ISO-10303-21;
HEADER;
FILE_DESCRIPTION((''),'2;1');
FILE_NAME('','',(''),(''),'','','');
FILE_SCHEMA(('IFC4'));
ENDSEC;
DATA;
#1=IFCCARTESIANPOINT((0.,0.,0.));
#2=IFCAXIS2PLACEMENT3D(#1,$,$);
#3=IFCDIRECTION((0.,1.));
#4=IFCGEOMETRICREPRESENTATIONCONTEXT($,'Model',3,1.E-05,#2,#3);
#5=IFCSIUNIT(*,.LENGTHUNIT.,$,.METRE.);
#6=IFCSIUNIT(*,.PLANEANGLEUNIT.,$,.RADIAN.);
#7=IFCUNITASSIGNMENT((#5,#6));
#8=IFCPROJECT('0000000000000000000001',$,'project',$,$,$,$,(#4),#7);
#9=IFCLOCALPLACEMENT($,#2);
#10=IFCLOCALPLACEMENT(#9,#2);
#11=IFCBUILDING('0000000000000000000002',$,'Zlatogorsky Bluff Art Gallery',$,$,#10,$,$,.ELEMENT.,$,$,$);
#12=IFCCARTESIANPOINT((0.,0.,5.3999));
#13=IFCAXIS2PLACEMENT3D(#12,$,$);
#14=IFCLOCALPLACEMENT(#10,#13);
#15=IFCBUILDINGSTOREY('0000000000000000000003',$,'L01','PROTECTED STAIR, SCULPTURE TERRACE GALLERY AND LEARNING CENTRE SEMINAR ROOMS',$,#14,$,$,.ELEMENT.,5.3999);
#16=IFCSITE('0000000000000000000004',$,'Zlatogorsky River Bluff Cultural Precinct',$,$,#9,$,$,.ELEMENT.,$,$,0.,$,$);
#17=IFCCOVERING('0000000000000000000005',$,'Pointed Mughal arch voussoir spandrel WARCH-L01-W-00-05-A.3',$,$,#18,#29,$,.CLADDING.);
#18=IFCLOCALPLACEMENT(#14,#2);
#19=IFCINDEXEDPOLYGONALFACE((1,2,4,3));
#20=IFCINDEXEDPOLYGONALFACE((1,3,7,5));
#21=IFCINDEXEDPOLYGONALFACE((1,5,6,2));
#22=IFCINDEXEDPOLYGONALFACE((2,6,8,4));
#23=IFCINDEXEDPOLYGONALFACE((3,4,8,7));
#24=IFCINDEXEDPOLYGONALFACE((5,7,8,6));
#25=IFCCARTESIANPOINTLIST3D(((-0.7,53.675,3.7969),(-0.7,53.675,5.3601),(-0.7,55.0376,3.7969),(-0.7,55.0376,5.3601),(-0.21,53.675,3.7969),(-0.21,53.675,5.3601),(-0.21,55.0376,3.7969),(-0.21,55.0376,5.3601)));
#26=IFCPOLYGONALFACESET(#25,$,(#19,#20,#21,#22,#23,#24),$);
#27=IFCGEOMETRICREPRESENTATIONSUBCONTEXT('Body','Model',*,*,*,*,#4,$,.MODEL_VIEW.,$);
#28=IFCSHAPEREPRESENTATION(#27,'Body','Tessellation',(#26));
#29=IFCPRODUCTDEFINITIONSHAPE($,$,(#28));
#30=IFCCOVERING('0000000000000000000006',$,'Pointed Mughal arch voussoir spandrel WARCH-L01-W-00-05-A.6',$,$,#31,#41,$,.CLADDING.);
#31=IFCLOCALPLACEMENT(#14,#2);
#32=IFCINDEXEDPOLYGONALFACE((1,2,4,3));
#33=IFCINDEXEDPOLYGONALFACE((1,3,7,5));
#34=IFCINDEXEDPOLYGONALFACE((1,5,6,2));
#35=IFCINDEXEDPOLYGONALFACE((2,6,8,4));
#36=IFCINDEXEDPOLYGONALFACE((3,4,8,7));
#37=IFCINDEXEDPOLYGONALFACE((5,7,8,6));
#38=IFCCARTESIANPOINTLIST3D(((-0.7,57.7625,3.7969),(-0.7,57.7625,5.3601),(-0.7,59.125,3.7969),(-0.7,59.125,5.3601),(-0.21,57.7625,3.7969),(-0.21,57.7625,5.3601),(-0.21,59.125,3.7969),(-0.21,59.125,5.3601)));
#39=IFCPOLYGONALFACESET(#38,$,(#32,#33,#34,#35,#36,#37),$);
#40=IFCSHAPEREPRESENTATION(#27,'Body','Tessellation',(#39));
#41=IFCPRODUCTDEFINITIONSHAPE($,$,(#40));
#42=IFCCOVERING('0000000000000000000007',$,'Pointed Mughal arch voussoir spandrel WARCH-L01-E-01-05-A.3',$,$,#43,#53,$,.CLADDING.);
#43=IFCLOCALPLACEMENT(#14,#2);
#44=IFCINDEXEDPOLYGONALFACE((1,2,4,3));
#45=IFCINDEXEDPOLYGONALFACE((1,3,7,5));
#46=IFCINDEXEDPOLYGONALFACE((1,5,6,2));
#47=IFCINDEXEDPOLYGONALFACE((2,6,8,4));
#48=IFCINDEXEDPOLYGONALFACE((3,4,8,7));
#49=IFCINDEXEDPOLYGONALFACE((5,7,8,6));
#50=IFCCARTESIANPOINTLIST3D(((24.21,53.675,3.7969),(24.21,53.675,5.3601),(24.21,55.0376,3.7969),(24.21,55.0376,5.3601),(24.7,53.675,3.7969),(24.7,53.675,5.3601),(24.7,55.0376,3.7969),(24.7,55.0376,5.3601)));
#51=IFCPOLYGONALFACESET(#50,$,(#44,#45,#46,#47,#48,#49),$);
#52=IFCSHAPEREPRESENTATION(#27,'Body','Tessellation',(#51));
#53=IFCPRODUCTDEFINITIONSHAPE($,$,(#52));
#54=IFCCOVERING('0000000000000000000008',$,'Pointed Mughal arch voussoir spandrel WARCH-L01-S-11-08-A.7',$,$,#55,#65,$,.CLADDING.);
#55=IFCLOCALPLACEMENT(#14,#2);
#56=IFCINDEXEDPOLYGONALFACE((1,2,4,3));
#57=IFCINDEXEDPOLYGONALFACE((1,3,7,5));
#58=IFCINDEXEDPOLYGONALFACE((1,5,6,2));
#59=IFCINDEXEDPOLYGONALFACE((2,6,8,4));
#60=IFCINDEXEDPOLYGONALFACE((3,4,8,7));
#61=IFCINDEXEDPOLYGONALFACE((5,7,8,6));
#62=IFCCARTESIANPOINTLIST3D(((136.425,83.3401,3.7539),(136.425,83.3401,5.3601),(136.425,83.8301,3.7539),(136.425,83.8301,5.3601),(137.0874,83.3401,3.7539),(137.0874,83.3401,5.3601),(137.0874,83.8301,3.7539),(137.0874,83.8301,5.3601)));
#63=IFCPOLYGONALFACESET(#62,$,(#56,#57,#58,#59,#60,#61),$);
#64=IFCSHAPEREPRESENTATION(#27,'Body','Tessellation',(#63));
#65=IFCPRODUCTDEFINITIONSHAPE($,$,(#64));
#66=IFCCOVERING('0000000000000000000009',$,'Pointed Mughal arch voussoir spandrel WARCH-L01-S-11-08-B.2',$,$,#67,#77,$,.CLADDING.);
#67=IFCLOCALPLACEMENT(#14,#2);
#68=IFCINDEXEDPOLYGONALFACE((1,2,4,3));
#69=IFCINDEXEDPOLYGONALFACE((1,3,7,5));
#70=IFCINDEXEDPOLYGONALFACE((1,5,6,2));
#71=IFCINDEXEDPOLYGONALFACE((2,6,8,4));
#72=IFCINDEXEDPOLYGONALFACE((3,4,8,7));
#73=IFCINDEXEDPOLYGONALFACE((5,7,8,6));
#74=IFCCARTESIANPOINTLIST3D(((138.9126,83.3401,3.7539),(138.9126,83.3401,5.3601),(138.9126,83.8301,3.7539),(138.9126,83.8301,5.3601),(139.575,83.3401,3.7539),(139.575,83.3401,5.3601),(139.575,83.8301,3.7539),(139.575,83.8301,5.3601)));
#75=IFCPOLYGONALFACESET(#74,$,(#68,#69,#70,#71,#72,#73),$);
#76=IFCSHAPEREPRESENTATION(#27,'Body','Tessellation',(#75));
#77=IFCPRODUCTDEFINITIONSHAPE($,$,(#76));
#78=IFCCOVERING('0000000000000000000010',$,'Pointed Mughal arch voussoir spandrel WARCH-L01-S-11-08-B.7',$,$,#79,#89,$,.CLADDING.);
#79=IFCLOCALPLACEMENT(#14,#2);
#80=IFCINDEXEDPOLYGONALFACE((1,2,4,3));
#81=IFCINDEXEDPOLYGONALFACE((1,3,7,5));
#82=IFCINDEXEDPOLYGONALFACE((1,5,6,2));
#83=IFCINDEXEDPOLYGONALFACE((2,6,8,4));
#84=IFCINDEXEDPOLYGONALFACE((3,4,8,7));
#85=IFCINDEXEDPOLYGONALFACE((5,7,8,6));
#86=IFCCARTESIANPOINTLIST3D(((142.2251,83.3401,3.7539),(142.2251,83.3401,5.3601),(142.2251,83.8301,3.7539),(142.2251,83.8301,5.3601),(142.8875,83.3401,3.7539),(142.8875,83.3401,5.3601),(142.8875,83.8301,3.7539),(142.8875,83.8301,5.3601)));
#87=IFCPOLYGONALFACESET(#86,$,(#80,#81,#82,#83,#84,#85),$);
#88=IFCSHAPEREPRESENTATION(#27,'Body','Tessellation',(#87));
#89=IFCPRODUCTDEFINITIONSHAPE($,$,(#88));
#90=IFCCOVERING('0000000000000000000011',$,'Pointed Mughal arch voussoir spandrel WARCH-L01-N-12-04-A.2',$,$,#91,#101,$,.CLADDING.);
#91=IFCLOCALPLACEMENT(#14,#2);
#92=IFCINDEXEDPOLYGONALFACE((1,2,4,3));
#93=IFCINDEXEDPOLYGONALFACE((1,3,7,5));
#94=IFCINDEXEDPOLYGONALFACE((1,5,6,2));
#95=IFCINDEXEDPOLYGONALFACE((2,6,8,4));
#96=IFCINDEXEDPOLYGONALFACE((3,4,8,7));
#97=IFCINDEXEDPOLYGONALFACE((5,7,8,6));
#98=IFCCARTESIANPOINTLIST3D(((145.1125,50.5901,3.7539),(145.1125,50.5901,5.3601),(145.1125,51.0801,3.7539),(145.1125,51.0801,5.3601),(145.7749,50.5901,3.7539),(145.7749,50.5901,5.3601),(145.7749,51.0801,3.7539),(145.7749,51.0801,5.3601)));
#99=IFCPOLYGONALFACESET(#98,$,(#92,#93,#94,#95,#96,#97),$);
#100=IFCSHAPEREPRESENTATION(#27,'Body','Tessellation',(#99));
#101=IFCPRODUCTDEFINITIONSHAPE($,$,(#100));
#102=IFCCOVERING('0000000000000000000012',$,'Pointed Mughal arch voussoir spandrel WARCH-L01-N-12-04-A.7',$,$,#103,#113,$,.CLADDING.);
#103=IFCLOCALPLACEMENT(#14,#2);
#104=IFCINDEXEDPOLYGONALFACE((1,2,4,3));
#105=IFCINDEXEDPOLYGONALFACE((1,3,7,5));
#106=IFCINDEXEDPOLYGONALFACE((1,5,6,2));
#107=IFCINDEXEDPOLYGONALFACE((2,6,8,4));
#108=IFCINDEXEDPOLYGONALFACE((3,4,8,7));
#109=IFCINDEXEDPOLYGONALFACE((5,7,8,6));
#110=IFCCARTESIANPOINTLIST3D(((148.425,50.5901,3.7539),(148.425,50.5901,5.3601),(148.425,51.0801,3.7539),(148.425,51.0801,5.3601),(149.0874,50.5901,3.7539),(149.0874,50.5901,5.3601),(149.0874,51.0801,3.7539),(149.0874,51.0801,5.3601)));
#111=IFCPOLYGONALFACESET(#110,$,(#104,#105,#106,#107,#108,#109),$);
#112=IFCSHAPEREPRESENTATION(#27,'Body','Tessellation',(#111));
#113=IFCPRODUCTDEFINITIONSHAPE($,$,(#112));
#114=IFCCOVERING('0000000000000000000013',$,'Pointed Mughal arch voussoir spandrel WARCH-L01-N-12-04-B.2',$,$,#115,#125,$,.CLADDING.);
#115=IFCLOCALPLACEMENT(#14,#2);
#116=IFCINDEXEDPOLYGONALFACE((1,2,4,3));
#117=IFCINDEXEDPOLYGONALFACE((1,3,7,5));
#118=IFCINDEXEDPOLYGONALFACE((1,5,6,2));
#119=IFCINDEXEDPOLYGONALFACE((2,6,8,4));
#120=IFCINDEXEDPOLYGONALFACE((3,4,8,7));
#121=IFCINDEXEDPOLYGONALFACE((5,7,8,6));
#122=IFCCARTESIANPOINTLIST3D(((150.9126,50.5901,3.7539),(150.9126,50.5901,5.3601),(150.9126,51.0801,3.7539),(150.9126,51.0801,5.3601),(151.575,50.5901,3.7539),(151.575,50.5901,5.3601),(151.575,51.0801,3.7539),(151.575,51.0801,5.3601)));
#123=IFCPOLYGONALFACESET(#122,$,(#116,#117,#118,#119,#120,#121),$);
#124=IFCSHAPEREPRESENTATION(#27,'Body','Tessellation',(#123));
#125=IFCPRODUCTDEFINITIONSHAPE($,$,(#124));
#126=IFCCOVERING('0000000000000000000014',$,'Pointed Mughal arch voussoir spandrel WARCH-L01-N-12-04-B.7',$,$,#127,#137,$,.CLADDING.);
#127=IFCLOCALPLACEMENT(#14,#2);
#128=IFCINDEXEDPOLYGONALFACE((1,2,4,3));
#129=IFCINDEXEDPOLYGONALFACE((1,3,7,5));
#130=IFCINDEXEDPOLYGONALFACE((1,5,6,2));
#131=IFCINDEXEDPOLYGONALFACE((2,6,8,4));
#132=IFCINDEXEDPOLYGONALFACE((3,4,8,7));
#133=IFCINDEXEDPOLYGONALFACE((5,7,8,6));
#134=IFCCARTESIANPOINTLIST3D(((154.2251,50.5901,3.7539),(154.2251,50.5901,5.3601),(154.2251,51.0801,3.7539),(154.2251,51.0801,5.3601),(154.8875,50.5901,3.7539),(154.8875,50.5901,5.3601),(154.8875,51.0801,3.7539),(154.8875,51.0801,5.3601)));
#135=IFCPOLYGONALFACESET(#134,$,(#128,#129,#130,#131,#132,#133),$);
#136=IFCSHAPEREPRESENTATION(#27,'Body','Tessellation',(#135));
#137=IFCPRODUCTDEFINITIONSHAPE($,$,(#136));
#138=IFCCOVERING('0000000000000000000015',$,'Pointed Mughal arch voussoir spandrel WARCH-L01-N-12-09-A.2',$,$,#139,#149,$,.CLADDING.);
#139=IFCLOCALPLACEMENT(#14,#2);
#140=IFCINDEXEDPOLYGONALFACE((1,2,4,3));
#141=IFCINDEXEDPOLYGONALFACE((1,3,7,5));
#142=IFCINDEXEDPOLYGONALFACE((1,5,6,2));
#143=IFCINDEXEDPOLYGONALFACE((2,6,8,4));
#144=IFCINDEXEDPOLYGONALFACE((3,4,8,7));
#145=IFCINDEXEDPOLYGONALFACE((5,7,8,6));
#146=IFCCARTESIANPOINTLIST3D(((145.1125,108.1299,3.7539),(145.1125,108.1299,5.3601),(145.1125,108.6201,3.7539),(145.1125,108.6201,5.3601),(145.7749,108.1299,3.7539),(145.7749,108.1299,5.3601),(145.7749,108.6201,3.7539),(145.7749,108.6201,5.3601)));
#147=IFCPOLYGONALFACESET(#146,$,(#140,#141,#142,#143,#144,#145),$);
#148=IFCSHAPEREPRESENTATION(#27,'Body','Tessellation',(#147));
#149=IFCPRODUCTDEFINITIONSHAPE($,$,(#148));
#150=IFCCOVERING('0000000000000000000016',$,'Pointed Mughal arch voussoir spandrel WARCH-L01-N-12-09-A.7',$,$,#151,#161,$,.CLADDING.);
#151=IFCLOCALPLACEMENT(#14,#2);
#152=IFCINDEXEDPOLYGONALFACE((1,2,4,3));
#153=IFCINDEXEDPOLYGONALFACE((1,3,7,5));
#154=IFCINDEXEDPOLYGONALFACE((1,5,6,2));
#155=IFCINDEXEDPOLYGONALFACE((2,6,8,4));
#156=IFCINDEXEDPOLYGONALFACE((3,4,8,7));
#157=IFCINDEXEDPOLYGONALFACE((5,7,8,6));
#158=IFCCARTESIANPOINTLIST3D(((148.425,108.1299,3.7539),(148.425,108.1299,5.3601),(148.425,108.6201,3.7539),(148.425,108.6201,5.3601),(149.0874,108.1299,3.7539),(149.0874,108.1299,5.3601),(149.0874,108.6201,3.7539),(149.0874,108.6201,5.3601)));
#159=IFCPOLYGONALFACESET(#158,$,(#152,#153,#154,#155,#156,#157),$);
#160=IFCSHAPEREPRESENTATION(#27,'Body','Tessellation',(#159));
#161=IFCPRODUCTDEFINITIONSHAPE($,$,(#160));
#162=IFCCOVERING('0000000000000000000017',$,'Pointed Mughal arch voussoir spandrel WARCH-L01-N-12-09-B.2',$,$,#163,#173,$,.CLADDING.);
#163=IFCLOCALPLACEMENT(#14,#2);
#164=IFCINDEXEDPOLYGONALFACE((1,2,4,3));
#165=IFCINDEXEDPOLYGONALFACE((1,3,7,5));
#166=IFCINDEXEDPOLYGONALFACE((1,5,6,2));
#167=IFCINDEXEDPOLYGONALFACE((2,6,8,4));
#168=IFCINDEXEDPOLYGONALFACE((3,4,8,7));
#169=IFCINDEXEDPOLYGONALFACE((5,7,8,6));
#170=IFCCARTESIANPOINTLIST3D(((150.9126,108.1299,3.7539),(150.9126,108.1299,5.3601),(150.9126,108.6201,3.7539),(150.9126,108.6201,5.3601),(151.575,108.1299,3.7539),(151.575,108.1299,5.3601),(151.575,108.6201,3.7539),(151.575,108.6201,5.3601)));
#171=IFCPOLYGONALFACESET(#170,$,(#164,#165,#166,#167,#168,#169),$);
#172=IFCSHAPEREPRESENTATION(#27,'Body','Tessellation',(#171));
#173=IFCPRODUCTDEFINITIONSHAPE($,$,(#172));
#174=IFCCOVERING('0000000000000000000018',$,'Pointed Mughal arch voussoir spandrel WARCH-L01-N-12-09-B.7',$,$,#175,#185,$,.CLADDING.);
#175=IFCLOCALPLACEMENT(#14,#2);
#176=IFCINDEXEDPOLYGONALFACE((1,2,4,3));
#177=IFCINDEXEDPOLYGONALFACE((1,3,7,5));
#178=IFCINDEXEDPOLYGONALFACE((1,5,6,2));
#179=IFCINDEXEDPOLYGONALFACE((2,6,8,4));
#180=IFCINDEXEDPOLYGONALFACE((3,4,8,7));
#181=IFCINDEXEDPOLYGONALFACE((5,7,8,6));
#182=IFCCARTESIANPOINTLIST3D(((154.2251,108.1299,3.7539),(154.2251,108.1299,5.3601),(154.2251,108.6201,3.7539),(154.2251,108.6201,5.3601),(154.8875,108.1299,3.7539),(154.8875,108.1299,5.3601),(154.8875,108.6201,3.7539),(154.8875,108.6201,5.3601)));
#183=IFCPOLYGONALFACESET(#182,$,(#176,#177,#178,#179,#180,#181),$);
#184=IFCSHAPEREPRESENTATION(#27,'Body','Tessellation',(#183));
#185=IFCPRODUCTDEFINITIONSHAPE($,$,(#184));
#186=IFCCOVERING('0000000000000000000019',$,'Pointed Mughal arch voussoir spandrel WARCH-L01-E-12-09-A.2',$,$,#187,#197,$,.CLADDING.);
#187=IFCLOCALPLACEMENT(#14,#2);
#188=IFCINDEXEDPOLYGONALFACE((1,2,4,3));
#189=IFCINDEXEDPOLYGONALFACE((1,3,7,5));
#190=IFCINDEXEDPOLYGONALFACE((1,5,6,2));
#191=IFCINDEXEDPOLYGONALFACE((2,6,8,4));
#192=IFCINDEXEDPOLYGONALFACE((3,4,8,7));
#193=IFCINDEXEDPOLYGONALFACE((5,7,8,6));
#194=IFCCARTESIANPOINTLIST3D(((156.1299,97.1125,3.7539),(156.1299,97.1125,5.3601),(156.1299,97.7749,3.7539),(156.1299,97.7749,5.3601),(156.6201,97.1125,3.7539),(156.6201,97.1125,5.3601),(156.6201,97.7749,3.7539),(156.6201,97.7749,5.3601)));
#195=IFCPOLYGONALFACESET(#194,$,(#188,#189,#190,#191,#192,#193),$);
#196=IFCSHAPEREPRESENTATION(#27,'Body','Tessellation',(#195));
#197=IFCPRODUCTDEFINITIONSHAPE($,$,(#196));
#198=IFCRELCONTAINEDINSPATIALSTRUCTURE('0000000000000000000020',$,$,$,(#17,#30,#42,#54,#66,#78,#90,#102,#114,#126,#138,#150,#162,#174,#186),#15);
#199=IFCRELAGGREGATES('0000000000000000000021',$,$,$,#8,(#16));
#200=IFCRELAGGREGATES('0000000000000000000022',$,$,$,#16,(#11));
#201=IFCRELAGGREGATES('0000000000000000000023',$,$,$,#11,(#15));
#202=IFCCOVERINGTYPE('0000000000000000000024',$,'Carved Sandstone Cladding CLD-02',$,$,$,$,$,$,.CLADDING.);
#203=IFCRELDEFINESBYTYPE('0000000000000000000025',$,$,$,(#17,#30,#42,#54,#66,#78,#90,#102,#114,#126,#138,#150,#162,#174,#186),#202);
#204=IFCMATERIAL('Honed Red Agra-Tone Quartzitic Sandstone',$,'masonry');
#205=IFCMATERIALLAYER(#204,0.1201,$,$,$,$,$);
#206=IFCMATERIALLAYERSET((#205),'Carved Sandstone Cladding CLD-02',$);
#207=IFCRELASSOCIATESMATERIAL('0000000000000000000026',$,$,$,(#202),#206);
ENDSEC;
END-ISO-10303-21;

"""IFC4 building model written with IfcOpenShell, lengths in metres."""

from ifc_helpers import new_model, si_unit, direction, frame, origin, place, context, subcontext, project, spatial, polyline, outline, extrude, material, layer, layer_set, type_object, element, save


model = new_model("IFC4")

# Units and contexts
model_context = context("Model", 3, precision=1e-05, world=origin(), true_north=direction((0.0, 1.0)))
body_context = subcontext(model_context, "Body", "Model", "MODEL_VIEW")
ifc_project = project(units=[si_unit("LENGTHUNIT", "METRE"), si_unit("PLANEANGLEUNIT", "RADIAN")], contexts=[model_context])

# Site, building, storey
site_placement = place(None, origin())
site = spatial("IfcSite", under=ifc_project, at=site_placement, Name="Zlatogorsky River Bluff Cultural Precinct", CompositionType="ELEMENT", RefElevation=0.0)
building_placement = place(site_placement, origin())
building = spatial("IfcBuilding", under=site, at=building_placement, Name="Zlatogorsky Bluff Art Gallery", CompositionType="ELEMENT")
storey_placement = place(building_placement, frame((0.0, 0.0, 5.3999)))
storey = spatial("IfcBuildingStorey", under=building, at=storey_placement, Name="L01", Description="PROTECTED STAIR, SCULPTURE TERRACE GALLERY AND LEARNING CENTRE SEMINAR ROOMS", CompositionType="ELEMENT", Elevation=5.3999)

# Coverings
ifc_material = material(Name="Honed Red Agra-Tone Quartzitic Sandstone", Category="masonry")
ifc_layer = layer(ifc_material, 0.1201)
ifc_layer_set = layer_set([ifc_layer], Name="Carved Sandstone Cladding CLD-02")
covering_type = type_object("IfcCoveringType", Name="Carved Sandstone Cladding CLD-02", PredefinedType="CLADDING", material=ifc_layer_set)
covering_1_placement = place(storey_placement, frame((0.0, 0.0, 3.7969)))
element("IfcCovering", 1, at=covering_1_placement, inside=storey, type_object=covering_type, Name="Pointed Mughal arch voussoir spandrel WARCH-L01-W-00-05-A.3", PredefinedType="CLADDING", context=body_context, shape_type="SweptSolid", body=[
    extrude(outline(polyline([(-0.7, 53.675), (-0.7, 55.0376), (-0.21, 55.0376), (-0.21, 53.675), (-0.7, 53.675)])), origin(), (0.0, 0.0, 1.0), 1.5632),
])
covering_2_placement = place(storey_placement, frame((0.0, 0.0, 3.7969)))
element("IfcCovering", 2, at=covering_2_placement, inside=storey, type_object=covering_type, Name="Pointed Mughal arch voussoir spandrel WARCH-L01-W-00-05-A.6", PredefinedType="CLADDING", context=body_context, shape_type="SweptSolid", body=[
    extrude(outline(polyline([(-0.7, 57.7625), (-0.7, 59.125), (-0.21, 59.125), (-0.21, 57.7625), (-0.7, 57.7625)])), origin(), (0.0, 0.0, 1.0), 1.5632),
])
covering_3_placement = place(storey_placement, frame((0.0, 0.0, 3.7969)))
element("IfcCovering", 3, at=covering_3_placement, inside=storey, type_object=covering_type, Name="Pointed Mughal arch voussoir spandrel WARCH-L01-E-01-05-A.3", PredefinedType="CLADDING", context=body_context, shape_type="SweptSolid", body=[
    extrude(outline(polyline([(24.21, 53.675), (24.21, 55.0376), (24.7, 55.0376), (24.7, 53.675), (24.21, 53.675)])), origin(), (0.0, 0.0, 1.0), 1.5632),
])
covering_4_placement = place(storey_placement, frame((0.0, 0.0, 3.7539)))
element("IfcCovering", 4, at=covering_4_placement, inside=storey, type_object=covering_type, Name="Pointed Mughal arch voussoir spandrel WARCH-L01-S-11-08-A.7", PredefinedType="CLADDING", context=body_context, shape_type="SweptSolid", body=[
    extrude(outline(polyline([(136.425, 83.3401), (137.0874, 83.3401), (137.0874, 83.8301), (136.425, 83.8301), (136.425, 83.3401)])), origin(), (0.0, 0.0, 1.0), 1.6062),
])
covering_5_placement = place(storey_placement, frame((0.0, 0.0, 3.7539)))
element("IfcCovering", 5, at=covering_5_placement, inside=storey, type_object=covering_type, Name="Pointed Mughal arch voussoir spandrel WARCH-L01-S-11-08-B.2", PredefinedType="CLADDING", context=body_context, shape_type="SweptSolid", body=[
    extrude(outline(polyline([(138.9126, 83.3401), (139.575, 83.3401), (139.575, 83.8301), (138.9126, 83.8301), (138.9126, 83.3401)])), origin(), (0.0, 0.0, 1.0), 1.6062),
])
covering_6_placement = place(storey_placement, frame((0.0, 0.0, 3.7539)))
element("IfcCovering", 6, at=covering_6_placement, inside=storey, type_object=covering_type, Name="Pointed Mughal arch voussoir spandrel WARCH-L01-S-11-08-B.7", PredefinedType="CLADDING", context=body_context, shape_type="SweptSolid", body=[
    extrude(outline(polyline([(142.2251, 83.3401), (142.8875, 83.3401), (142.8875, 83.8301), (142.2251, 83.8301), (142.2251, 83.3401)])), origin(), (0.0, 0.0, 1.0), 1.6062),
])
covering_7_placement = place(storey_placement, frame((0.0, 0.0, 3.7539)))
element("IfcCovering", 7, at=covering_7_placement, inside=storey, type_object=covering_type, Name="Pointed Mughal arch voussoir spandrel WARCH-L01-N-12-04-A.2", PredefinedType="CLADDING", context=body_context, shape_type="SweptSolid", body=[
    extrude(outline(polyline([(145.1125, 50.5901), (145.7749, 50.5901), (145.7749, 51.0801), (145.1125, 51.0801), (145.1125, 50.5901)])), origin(), (0.0, 0.0, 1.0), 1.6062),
])
covering_8_placement = place(storey_placement, frame((0.0, 0.0, 3.7539)))
element("IfcCovering", 8, at=covering_8_placement, inside=storey, type_object=covering_type, Name="Pointed Mughal arch voussoir spandrel WARCH-L01-N-12-04-A.7", PredefinedType="CLADDING", context=body_context, shape_type="SweptSolid", body=[
    extrude(outline(polyline([(148.425, 50.5901), (149.0874, 50.5901), (149.0874, 51.0801), (148.425, 51.0801), (148.425, 50.5901)])), origin(), (0.0, 0.0, 1.0), 1.6062),
])
covering_9_placement = place(storey_placement, frame((0.0, 0.0, 3.7539)))
element("IfcCovering", 9, at=covering_9_placement, inside=storey, type_object=covering_type, Name="Pointed Mughal arch voussoir spandrel WARCH-L01-N-12-04-B.2", PredefinedType="CLADDING", context=body_context, shape_type="SweptSolid", body=[
    extrude(outline(polyline([(150.9126, 50.5901), (151.575, 50.5901), (151.575, 51.0801), (150.9126, 51.0801), (150.9126, 50.5901)])), origin(), (0.0, 0.0, 1.0), 1.6062),
])
covering_10_placement = place(storey_placement, frame((0.0, 0.0, 3.7539)))
element("IfcCovering", 10, at=covering_10_placement, inside=storey, type_object=covering_type, Name="Pointed Mughal arch voussoir spandrel WARCH-L01-N-12-04-B.7", PredefinedType="CLADDING", context=body_context, shape_type="SweptSolid", body=[
    extrude(outline(polyline([(154.2251, 50.5901), (154.8875, 50.5901), (154.8875, 51.0801), (154.2251, 51.0801), (154.2251, 50.5901)])), origin(), (0.0, 0.0, 1.0), 1.6062),
])
covering_11_placement = place(storey_placement, frame((0.0, 0.0, 3.7539)))
element("IfcCovering", 11, at=covering_11_placement, inside=storey, type_object=covering_type, Name="Pointed Mughal arch voussoir spandrel WARCH-L01-N-12-09-A.2", PredefinedType="CLADDING", context=body_context, shape_type="SweptSolid", body=[
    extrude(outline(polyline([(145.1125, 108.1299), (145.7749, 108.1299), (145.7749, 108.6201), (145.1125, 108.6201), (145.1125, 108.1299)])), origin(), (0.0, 0.0, 1.0), 1.6062),
])
covering_12_placement = place(storey_placement, frame((0.0, 0.0, 3.7539)))
element("IfcCovering", 12, at=covering_12_placement, inside=storey, type_object=covering_type, Name="Pointed Mughal arch voussoir spandrel WARCH-L01-N-12-09-A.7", PredefinedType="CLADDING", context=body_context, shape_type="SweptSolid", body=[
    extrude(outline(polyline([(148.425, 108.1299), (149.0874, 108.1299), (149.0874, 108.6201), (148.425, 108.6201), (148.425, 108.1299)])), origin(), (0.0, 0.0, 1.0), 1.6062),
])
covering_13_placement = place(storey_placement, frame((0.0, 0.0, 3.7539)))
element("IfcCovering", 13, at=covering_13_placement, inside=storey, type_object=covering_type, Name="Pointed Mughal arch voussoir spandrel WARCH-L01-N-12-09-B.2", PredefinedType="CLADDING", context=body_context, shape_type="SweptSolid", body=[
    extrude(outline(polyline([(150.9126, 108.1299), (151.575, 108.1299), (151.575, 108.6201), (150.9126, 108.6201), (150.9126, 108.1299)])), origin(), (0.0, 0.0, 1.0), 1.6062),
])
covering_14_placement = place(storey_placement, frame((0.0, 0.0, 3.7539)))
element("IfcCovering", 14, at=covering_14_placement, inside=storey, type_object=covering_type, Name="Pointed Mughal arch voussoir spandrel WARCH-L01-N-12-09-B.7", PredefinedType="CLADDING", context=body_context, shape_type="SweptSolid", body=[
    extrude(outline(polyline([(154.2251, 108.1299), (154.8875, 108.1299), (154.8875, 108.6201), (154.2251, 108.6201), (154.2251, 108.1299)])), origin(), (0.0, 0.0, 1.0), 1.6062),
])
covering_15_placement = place(storey_placement, frame((0.0, 0.0, 3.7539)))
element("IfcCovering", 15, at=covering_15_placement, inside=storey, type_object=covering_type, Name="Pointed Mughal arch voussoir spandrel WARCH-L01-E-12-09-A.2", PredefinedType="CLADDING", context=body_context, shape_type="SweptSolid", body=[
    extrude(outline(polyline([(156.1299, 97.1125), (156.1299, 97.7749), (156.6201, 97.7749), (156.6201, 97.1125), (156.1299, 97.1125)])), origin(), (0.0, 0.0, 1.0), 1.6062),
])

save(model, "model.ifc")
